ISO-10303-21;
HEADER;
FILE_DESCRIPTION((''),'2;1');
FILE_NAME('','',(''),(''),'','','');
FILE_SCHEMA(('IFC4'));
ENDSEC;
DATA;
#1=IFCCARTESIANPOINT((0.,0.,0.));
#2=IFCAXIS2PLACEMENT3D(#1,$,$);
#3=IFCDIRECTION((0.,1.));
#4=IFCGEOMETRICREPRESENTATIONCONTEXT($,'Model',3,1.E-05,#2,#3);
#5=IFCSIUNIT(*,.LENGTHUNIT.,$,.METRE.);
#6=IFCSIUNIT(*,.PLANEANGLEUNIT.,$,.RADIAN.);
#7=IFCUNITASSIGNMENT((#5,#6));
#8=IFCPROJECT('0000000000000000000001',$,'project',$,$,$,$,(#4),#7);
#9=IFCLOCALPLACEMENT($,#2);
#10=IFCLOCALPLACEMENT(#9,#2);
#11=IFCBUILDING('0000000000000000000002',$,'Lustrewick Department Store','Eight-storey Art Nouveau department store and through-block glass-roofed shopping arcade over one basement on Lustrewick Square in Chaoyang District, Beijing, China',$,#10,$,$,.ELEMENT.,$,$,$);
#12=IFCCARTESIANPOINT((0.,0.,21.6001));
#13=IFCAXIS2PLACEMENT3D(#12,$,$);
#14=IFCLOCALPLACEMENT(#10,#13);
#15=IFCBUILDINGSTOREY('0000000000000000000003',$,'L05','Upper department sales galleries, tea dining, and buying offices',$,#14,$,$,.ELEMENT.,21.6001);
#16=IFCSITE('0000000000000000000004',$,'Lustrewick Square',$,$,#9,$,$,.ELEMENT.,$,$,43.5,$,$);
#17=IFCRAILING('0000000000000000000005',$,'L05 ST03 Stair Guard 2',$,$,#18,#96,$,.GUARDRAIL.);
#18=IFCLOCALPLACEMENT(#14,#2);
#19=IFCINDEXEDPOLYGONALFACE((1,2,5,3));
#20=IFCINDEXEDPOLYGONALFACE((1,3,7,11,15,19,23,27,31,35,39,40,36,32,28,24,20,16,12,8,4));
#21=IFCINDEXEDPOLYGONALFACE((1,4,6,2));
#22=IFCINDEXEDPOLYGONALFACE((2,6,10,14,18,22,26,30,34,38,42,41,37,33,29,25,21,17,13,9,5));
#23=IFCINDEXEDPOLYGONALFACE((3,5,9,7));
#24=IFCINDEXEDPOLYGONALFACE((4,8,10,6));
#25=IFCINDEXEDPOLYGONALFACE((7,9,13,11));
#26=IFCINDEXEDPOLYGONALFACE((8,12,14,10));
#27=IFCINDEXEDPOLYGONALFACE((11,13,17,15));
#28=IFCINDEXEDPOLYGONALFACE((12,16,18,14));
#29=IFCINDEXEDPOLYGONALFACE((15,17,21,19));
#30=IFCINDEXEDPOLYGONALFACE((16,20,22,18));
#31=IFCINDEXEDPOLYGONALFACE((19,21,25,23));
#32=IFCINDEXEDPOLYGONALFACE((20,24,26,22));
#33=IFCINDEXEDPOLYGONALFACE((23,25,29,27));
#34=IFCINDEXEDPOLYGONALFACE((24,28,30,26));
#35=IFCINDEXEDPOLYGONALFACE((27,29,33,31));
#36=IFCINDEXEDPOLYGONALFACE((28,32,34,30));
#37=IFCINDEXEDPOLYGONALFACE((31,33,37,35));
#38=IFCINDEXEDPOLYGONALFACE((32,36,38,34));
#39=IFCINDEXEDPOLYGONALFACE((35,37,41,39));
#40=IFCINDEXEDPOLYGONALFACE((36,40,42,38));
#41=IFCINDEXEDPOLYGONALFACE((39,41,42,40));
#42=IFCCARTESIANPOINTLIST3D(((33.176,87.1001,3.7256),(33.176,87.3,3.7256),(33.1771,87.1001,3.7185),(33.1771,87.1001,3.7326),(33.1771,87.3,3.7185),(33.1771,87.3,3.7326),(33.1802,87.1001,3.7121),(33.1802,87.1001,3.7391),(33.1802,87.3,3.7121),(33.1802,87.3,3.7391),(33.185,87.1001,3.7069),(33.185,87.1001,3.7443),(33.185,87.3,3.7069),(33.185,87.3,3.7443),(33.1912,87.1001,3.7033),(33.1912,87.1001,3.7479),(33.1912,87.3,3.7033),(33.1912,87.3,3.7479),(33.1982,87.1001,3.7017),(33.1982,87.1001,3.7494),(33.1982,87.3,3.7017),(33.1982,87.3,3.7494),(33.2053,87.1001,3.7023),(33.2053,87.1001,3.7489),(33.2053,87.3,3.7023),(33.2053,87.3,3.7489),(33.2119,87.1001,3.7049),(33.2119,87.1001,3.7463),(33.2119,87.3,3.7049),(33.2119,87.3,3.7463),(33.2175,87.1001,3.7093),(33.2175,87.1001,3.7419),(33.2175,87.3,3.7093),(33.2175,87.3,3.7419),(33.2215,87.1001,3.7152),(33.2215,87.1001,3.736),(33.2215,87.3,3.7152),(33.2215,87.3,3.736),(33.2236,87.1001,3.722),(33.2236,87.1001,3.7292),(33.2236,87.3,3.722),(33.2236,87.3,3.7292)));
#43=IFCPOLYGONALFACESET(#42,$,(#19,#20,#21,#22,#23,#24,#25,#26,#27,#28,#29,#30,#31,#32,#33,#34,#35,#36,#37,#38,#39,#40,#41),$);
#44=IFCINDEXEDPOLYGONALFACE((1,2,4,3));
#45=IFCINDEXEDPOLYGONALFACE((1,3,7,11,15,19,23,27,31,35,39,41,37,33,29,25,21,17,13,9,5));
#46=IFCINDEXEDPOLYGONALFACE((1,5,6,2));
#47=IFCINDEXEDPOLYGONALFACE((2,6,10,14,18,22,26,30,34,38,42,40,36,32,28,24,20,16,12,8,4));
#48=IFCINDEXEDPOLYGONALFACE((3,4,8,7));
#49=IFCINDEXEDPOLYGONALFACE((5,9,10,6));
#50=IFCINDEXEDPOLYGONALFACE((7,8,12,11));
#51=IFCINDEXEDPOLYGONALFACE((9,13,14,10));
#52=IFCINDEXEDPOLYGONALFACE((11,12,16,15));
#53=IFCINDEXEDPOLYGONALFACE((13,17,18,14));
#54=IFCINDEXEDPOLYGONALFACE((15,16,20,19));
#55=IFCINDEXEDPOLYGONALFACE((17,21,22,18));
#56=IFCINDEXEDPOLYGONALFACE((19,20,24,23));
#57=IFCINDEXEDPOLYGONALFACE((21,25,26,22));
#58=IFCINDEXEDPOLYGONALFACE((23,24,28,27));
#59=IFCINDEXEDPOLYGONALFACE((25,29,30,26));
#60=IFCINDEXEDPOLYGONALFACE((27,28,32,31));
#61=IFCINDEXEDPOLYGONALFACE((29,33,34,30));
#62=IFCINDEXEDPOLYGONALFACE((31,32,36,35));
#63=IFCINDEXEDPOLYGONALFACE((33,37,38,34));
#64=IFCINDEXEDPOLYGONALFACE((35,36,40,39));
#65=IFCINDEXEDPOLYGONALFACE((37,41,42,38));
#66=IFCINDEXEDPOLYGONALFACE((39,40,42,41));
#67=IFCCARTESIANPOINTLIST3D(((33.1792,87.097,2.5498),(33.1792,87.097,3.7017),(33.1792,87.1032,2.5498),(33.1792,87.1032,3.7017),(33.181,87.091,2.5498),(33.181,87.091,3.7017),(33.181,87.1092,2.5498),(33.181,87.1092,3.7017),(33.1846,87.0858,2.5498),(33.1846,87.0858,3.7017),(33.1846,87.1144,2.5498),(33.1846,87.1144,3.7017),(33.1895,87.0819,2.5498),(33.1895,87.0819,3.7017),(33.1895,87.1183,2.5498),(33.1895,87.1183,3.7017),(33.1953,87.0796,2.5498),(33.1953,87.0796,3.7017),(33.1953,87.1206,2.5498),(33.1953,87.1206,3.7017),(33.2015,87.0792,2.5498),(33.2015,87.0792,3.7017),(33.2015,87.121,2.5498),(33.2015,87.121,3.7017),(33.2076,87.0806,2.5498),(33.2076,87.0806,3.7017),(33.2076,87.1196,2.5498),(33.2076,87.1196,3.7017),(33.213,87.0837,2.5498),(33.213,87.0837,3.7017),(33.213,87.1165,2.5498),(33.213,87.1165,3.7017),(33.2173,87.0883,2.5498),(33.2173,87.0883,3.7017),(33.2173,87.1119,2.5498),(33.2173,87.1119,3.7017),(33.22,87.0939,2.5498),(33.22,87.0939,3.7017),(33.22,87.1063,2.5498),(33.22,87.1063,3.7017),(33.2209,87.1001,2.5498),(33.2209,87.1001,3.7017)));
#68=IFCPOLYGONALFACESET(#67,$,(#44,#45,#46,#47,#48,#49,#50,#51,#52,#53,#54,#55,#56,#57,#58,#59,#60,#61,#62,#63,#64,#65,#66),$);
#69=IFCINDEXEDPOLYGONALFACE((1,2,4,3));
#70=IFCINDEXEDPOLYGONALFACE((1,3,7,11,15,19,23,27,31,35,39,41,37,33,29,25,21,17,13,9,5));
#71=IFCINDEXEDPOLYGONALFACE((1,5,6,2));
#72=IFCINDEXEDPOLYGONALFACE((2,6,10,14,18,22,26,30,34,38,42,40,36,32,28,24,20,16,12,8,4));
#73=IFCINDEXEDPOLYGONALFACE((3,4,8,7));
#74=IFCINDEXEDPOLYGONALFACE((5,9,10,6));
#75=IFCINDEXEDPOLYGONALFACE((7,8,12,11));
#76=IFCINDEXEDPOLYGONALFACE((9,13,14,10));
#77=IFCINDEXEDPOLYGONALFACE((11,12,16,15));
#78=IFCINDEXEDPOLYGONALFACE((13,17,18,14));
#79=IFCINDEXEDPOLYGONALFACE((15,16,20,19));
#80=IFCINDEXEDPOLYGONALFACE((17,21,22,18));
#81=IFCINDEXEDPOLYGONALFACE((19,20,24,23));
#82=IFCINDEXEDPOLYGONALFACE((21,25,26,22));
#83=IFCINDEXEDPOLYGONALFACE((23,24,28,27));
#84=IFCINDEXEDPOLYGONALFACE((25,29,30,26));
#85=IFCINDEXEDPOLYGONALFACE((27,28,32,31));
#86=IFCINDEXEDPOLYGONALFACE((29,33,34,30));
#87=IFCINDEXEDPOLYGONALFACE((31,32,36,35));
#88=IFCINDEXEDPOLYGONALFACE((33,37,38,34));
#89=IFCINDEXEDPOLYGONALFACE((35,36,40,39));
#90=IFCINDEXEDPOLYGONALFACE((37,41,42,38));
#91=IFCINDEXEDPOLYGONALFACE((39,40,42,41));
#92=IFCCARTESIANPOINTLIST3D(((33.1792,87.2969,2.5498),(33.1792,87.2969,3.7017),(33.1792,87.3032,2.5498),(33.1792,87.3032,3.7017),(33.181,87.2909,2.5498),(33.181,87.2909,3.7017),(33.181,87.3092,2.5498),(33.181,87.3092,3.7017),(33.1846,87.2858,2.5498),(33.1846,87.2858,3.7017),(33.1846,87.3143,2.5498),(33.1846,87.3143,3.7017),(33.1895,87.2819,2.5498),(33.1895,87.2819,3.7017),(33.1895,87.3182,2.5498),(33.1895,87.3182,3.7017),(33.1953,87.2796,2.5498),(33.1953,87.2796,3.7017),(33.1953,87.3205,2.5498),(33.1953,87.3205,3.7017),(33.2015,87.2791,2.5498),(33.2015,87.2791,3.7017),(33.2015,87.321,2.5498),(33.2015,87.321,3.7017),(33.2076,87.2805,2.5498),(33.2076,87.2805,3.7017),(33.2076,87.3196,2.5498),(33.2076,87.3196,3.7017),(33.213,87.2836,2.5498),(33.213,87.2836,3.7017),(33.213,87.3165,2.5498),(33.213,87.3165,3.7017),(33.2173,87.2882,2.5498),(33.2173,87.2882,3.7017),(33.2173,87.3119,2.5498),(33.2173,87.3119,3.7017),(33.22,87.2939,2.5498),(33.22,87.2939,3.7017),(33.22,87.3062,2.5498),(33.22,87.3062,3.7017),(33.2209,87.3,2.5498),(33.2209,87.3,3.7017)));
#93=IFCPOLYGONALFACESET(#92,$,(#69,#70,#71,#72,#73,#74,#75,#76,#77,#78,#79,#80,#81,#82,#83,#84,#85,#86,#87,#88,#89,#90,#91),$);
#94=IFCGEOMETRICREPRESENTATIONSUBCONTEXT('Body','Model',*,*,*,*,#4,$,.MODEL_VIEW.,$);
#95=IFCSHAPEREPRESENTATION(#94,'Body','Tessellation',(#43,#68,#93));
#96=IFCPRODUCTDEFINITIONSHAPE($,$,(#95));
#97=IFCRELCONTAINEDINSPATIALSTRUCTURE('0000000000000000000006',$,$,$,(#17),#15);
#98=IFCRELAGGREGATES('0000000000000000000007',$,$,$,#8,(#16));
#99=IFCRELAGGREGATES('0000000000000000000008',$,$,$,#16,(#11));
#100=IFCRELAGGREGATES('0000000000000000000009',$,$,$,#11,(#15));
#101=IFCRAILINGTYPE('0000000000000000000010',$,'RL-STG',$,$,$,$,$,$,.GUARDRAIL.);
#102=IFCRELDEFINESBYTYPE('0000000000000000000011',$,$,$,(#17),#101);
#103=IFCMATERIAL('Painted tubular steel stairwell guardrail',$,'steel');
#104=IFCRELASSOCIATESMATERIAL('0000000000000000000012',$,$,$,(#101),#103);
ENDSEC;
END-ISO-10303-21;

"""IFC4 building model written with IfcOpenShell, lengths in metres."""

from ifc_helpers import new_model, si_unit, direction, frame, origin, origin_2d, place, context, subcontext, project, spatial, circle, extrude, material, type_object, element, save


model = new_model("IFC4")

# Units and contexts
model_context = context("Model", 3, precision=1e-05, world=origin(), true_north=direction((0.0, 1.0)))
body_context = subcontext(model_context, "Body", "Model", "MODEL_VIEW")
ifc_project = project(units=[si_unit("LENGTHUNIT", "METRE"), si_unit("PLANEANGLEUNIT", "RADIAN")], contexts=[model_context])

# Site, building, storey
site_placement = place(None, origin())
site = spatial("IfcSite", under=ifc_project, at=site_placement, Name="Lustrewick Square", CompositionType="ELEMENT", RefElevation=43.5)
building_placement = place(site_placement, origin())
building = spatial("IfcBuilding", under=site, at=building_placement, Name="Lustrewick Department Store", Description="Eight-storey Art Nouveau department store and through-block glass-roofed shopping arcade over one basement on Lustrewick Square in Chaoyang District, Beijing, China", CompositionType="ELEMENT")
storey_placement = place(building_placement, frame((0.0, 0.0, 21.6001)))
storey = spatial("IfcBuildingStorey", under=building, at=storey_placement, Name="L05", Description="Upper department sales galleries, tea dining, and buying offices", CompositionType="ELEMENT", Elevation=21.6001)

# Railing
ifc_material_1 = material(Name="Painted tubular steel stairwell guardrail", Category="steel")
railing_type_1 = type_object("IfcRailingType", Name="RL-STG", PredefinedType="GUARDRAIL", material=ifc_material_1)
railing_1_placement = place(storey_placement, frame((33.2, 87.1001, 2.5498)))
element("IfcRailing", 1, at=railing_1_placement, inside=storey, type_object=railing_type_1, Name="L05 ST03 Stair Guard 2", PredefinedType="GUARDRAIL", context=body_context, shape_type="SweptSolid", body=[
    extrude(circle(Radius=0.0239, at=origin_2d()), frame((0.0, 0.0, 1.1758), z_axis=(0.0, 1.0, 0.0), x_axis=(-1.0, 0.0, 0.0)), (0.0, 0.0, 1.0), 0.2),
    extrude(circle(Radius=0.021, at=origin_2d()), origin(), (0.0, 0.0, 1.0), 1.1519),
    extrude(circle(Radius=0.021, at=origin_2d()), frame((0.0, 0.2, 0.0)), (0.0, 0.0, 1.0), 1.1519),
])

save(model, "model.ifc")
